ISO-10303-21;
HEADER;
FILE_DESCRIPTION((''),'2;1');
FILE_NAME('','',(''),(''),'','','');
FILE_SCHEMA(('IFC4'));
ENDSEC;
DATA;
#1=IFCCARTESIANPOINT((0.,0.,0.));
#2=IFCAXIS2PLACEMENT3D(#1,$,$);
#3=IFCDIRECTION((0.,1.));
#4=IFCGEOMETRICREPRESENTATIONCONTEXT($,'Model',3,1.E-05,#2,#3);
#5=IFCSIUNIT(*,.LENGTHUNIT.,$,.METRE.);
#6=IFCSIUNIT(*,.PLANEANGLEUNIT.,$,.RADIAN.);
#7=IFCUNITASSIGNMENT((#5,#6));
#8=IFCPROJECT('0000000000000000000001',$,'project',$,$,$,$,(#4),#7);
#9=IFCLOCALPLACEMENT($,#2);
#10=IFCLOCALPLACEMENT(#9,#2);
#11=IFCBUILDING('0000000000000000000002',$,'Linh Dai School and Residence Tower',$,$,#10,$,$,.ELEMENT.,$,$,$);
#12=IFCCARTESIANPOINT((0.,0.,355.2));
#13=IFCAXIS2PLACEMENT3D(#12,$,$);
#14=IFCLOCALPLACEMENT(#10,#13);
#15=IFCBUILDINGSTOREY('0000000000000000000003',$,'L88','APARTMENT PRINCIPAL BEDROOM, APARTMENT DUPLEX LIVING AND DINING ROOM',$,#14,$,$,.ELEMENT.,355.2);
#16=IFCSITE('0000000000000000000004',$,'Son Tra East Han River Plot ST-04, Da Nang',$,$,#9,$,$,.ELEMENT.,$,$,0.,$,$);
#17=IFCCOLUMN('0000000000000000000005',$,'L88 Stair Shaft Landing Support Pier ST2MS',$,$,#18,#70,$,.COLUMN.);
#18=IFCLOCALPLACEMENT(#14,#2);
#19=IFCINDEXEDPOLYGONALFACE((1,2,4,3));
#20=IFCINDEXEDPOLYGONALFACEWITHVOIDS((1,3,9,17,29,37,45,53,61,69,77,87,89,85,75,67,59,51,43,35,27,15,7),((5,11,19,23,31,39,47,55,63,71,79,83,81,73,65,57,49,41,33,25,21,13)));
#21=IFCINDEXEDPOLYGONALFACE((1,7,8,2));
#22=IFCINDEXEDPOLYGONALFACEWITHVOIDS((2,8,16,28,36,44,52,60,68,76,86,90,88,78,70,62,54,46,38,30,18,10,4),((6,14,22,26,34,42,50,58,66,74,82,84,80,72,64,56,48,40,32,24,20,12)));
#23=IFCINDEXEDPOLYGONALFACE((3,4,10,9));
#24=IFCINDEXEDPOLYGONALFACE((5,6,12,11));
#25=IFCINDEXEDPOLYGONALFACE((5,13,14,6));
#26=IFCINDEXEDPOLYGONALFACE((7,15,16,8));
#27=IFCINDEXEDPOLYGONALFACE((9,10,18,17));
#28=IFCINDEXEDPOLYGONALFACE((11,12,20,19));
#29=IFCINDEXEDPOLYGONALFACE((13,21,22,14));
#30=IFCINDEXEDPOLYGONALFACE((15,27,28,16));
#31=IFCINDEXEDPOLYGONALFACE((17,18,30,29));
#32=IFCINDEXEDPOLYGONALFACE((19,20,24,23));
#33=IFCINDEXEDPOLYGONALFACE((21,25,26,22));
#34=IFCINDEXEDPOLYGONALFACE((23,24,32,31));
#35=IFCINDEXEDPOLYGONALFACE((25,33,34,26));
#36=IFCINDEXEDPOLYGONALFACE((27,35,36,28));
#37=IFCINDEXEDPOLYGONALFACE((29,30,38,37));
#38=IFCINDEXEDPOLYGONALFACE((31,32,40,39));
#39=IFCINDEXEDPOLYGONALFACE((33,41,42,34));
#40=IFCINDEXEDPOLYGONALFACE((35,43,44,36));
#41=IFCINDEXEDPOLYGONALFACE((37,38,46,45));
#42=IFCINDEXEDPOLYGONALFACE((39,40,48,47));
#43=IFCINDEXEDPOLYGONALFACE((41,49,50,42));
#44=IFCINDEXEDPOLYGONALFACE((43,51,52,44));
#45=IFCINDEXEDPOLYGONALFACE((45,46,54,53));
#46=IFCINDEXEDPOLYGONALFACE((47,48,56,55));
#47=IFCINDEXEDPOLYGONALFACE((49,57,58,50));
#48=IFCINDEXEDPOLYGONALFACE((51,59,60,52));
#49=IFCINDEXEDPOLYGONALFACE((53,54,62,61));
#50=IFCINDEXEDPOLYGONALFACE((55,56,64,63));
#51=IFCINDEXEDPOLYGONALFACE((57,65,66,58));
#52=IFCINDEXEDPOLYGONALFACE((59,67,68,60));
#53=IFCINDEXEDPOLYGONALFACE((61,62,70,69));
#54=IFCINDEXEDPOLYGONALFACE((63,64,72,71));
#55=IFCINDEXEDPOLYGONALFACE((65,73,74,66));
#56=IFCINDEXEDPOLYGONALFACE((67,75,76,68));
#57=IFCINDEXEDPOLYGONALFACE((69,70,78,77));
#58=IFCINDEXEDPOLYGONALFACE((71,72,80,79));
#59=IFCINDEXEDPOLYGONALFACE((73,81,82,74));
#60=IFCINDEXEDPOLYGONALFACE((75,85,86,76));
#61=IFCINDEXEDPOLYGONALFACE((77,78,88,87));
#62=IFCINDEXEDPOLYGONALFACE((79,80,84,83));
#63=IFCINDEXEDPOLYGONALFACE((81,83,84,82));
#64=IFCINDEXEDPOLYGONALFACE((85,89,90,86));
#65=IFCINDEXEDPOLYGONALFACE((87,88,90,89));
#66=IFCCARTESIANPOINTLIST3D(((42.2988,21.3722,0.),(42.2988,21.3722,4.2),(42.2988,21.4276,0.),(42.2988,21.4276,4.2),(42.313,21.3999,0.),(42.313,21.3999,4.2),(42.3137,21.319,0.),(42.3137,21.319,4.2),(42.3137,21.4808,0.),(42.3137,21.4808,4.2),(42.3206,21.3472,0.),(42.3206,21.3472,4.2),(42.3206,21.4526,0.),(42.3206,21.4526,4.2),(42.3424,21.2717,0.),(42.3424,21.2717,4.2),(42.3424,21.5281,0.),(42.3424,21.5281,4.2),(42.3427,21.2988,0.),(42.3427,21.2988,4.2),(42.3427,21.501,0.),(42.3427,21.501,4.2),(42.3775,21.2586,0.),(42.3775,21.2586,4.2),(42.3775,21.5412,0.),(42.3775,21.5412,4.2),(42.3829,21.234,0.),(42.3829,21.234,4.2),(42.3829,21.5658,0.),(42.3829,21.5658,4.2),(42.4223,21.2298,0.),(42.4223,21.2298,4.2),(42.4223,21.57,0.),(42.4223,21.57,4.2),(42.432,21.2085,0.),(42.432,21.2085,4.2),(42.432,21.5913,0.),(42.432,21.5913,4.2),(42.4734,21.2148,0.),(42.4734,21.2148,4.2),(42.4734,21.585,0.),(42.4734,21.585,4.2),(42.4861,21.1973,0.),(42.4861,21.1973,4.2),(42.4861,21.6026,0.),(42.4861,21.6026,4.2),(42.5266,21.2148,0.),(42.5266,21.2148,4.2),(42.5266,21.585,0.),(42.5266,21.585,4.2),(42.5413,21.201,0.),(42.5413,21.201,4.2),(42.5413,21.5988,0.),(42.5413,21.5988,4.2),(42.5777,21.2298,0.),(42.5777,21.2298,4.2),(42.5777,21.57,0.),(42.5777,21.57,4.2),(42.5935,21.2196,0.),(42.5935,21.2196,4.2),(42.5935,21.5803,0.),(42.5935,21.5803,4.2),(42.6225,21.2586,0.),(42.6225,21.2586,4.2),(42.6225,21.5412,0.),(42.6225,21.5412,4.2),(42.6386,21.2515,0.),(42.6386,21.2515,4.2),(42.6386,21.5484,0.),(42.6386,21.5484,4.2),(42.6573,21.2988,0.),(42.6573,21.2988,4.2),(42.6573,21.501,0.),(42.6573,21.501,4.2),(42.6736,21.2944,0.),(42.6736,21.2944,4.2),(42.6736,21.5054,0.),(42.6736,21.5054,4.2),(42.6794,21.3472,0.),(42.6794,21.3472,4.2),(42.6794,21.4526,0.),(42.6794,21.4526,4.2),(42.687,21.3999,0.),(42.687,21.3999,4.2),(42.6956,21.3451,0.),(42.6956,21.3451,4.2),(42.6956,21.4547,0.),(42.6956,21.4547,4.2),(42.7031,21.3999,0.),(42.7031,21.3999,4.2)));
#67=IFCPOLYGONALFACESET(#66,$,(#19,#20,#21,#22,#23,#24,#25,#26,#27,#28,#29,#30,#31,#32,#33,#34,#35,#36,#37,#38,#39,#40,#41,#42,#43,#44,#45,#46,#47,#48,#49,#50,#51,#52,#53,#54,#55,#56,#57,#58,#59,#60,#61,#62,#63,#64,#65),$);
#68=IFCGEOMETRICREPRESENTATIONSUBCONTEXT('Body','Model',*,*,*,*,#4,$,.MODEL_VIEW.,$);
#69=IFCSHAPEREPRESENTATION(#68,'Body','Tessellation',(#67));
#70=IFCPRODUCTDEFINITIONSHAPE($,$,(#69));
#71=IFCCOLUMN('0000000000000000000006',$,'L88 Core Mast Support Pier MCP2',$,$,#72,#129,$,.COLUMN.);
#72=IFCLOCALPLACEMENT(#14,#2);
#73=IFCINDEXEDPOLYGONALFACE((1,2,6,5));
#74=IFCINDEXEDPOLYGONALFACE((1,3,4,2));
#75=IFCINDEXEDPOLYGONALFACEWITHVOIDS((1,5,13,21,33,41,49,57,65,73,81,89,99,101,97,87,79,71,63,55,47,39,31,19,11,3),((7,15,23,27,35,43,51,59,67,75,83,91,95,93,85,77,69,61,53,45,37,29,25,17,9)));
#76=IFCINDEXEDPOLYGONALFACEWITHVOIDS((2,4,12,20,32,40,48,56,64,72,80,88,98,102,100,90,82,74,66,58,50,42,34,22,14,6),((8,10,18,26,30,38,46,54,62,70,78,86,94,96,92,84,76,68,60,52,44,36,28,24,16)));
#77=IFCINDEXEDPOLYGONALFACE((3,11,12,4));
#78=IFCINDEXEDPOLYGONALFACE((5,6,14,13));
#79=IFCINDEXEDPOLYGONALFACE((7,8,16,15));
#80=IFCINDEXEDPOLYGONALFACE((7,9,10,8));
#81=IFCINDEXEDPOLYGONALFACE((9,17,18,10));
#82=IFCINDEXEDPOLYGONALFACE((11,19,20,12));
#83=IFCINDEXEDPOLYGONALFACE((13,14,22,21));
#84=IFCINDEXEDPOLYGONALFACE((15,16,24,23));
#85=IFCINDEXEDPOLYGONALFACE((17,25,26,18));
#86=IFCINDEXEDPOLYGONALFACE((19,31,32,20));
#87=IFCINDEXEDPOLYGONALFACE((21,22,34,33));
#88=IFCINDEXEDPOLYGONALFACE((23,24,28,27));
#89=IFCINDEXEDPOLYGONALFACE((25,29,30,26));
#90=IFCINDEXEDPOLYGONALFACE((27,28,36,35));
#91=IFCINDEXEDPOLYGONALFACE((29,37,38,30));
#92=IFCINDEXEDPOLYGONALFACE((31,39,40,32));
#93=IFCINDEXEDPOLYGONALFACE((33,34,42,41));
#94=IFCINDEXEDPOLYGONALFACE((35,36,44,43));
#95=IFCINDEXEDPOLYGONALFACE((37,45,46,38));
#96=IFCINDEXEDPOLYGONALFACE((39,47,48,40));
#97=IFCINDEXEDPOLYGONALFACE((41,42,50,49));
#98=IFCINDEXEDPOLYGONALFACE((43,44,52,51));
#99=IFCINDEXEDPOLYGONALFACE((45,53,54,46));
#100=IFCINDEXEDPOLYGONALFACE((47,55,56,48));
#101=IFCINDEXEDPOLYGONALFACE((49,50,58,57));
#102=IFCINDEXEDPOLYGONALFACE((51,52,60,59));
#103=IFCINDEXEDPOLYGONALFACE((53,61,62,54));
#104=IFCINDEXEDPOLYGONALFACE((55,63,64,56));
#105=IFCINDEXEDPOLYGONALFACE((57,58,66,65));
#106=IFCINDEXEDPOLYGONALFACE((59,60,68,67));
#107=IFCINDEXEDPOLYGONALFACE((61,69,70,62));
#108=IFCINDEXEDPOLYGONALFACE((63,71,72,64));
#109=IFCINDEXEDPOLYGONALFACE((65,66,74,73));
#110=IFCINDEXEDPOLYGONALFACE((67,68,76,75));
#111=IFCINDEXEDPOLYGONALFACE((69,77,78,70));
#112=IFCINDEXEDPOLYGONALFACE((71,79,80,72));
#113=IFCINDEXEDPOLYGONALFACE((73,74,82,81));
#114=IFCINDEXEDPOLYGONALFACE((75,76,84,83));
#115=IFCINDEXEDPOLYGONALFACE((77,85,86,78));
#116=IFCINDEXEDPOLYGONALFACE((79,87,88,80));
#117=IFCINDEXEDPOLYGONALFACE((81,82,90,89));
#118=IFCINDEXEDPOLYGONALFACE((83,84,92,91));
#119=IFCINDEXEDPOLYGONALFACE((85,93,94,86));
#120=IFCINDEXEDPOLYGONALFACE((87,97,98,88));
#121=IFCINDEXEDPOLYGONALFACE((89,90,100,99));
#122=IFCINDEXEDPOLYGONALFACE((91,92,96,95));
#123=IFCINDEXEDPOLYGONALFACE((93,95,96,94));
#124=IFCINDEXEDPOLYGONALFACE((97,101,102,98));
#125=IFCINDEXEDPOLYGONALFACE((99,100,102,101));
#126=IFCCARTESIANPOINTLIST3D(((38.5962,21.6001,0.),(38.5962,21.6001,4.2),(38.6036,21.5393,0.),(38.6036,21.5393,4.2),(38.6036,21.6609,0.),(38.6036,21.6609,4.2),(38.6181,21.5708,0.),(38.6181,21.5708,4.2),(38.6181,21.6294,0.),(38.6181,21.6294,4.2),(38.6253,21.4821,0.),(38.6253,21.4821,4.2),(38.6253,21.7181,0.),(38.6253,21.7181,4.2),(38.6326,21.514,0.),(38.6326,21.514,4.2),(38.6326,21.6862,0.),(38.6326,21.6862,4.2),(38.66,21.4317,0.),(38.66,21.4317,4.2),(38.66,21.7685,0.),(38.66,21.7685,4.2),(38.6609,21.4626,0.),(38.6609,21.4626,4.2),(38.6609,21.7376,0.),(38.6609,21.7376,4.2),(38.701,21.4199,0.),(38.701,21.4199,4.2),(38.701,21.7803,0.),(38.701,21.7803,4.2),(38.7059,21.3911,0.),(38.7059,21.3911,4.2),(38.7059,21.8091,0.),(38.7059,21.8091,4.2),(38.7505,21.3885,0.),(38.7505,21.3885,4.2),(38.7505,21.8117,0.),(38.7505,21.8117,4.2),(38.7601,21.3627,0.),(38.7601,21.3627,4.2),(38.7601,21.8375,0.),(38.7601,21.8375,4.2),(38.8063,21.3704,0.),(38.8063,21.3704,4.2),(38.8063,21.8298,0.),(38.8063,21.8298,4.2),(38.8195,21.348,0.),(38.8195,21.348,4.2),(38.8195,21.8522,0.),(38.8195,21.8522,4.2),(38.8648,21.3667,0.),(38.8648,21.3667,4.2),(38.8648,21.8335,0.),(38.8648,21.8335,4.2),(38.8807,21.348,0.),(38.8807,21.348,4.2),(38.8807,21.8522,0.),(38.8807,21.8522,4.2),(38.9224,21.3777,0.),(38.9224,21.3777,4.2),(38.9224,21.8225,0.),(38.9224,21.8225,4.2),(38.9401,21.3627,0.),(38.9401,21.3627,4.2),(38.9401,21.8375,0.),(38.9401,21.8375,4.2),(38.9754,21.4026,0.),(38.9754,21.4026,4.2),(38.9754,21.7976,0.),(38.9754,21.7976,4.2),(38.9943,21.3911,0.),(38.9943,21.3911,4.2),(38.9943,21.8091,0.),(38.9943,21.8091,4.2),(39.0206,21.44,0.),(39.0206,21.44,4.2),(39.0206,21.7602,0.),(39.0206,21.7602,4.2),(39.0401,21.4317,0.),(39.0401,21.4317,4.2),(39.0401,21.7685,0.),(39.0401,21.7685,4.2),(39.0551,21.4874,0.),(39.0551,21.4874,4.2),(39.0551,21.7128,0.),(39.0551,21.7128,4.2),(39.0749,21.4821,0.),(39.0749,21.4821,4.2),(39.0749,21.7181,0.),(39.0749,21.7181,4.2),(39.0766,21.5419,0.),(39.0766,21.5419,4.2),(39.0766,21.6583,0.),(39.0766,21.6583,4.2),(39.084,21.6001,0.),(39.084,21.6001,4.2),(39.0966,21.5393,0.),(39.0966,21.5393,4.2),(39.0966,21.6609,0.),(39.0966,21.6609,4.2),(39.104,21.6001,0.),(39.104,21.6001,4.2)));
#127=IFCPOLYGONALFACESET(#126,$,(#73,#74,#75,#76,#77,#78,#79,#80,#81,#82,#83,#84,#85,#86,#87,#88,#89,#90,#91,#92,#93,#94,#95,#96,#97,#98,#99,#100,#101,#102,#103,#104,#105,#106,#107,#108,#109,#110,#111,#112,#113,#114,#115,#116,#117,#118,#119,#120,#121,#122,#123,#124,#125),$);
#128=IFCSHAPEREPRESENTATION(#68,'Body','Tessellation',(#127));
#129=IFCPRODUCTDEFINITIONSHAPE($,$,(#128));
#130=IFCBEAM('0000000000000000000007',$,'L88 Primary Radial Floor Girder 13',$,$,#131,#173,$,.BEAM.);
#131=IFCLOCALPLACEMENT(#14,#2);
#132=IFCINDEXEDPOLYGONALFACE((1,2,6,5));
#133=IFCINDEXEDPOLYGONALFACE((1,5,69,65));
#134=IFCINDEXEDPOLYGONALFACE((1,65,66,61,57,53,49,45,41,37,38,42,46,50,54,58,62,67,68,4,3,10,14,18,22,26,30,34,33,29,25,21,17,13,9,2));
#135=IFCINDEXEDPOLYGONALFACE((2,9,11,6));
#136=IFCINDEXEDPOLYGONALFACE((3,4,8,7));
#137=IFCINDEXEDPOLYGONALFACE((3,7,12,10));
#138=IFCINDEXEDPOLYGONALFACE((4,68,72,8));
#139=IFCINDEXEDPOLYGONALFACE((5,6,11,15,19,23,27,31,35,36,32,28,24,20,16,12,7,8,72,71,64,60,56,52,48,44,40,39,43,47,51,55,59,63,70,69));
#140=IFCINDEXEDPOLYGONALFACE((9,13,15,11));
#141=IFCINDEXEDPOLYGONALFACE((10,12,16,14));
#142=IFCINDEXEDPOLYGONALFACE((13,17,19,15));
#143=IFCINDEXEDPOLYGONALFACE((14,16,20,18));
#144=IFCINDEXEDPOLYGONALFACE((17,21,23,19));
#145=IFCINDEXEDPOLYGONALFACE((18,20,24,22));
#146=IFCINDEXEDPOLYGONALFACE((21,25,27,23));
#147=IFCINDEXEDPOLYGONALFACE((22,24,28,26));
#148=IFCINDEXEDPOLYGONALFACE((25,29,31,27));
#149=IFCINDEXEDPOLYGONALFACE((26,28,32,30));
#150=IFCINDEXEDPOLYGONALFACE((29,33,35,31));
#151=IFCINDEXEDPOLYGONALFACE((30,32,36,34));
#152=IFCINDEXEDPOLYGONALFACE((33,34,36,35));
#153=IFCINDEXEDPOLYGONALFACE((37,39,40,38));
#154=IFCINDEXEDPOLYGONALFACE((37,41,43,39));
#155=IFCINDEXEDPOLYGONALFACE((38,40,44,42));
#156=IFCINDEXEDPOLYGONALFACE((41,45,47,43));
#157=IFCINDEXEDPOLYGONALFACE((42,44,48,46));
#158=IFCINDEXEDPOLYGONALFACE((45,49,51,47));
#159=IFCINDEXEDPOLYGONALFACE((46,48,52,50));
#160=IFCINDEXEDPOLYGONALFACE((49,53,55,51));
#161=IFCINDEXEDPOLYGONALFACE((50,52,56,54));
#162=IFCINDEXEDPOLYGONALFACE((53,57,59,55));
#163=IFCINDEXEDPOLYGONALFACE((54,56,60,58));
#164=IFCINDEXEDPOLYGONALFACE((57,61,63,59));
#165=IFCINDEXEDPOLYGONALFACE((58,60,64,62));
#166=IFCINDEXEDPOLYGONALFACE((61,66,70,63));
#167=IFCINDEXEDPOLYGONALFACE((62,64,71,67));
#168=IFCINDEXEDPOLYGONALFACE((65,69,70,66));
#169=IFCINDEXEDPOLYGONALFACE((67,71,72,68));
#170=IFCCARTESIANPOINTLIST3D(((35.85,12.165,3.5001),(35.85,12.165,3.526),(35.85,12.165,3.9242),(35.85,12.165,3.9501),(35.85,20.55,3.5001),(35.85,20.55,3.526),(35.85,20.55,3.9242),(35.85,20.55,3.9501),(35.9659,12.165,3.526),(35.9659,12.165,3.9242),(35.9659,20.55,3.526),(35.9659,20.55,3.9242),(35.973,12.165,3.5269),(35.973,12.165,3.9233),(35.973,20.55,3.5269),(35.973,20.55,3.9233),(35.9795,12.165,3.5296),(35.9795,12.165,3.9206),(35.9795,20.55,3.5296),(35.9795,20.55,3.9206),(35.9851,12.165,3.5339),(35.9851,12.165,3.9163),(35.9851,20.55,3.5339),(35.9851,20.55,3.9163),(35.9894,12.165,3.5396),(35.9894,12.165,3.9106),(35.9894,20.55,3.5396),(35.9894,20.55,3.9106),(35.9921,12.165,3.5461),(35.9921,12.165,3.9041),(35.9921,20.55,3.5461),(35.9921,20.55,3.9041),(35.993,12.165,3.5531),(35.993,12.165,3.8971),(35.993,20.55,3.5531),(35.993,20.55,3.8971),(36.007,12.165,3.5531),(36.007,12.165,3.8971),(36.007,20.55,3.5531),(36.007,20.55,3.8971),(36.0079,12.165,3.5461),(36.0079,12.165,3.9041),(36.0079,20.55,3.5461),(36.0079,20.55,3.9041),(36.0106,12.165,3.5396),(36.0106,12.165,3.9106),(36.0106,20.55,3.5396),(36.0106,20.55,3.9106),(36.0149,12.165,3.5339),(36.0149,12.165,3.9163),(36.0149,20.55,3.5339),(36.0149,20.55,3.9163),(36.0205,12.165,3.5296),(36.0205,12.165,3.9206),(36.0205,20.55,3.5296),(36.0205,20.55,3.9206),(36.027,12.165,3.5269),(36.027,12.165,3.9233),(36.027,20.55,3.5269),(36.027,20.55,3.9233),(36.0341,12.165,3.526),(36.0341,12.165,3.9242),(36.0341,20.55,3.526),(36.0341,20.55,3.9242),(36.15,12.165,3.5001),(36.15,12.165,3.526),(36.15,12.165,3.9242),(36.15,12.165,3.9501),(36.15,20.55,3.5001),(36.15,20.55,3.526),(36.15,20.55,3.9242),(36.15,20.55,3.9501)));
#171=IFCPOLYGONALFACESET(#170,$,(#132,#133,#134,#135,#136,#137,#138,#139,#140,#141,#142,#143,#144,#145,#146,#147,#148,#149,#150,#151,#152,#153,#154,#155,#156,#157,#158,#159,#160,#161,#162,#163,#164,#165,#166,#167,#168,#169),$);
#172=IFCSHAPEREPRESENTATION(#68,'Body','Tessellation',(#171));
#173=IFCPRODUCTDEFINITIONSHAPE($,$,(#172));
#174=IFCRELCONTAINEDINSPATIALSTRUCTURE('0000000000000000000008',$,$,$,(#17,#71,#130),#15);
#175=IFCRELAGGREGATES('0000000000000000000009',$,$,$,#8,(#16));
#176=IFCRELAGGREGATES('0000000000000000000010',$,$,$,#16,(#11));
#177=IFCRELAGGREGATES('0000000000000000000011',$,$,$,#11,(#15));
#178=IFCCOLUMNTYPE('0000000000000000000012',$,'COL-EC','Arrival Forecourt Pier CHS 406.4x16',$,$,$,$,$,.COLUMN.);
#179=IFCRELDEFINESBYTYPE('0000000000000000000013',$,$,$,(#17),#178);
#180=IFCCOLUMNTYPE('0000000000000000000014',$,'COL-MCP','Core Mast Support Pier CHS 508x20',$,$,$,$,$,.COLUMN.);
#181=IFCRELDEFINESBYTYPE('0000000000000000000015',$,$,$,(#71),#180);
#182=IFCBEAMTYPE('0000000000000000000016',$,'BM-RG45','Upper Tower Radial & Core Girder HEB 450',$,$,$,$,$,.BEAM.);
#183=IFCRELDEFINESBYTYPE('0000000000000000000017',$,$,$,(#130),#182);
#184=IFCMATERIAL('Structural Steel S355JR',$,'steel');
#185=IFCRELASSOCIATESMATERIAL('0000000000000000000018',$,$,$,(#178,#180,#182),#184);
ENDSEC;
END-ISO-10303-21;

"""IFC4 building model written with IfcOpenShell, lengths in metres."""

from ifc_helpers import new_model, si_unit, direction, frame, origin, origin_2d, place, context, subcontext, project, spatial, hollow_circle, i_section, extrude, material, material_profile, profile_set, type_object, element, save


model = new_model("IFC4")

# Units and contexts
model_context = context("Model", 3, precision=1e-05, world=origin(), true_north=direction((0.0, 1.0)))
body_context = subcontext(model_context, "Body", "Model", "MODEL_VIEW")
ifc_project = project(units=[si_unit("LENGTHUNIT", "METRE"), si_unit("PLANEANGLEUNIT", "RADIAN")], contexts=[model_context])

# Site, building, storey
site_placement = place(None, origin())
site = spatial("IfcSite", under=ifc_project, at=site_placement, Name="Son Tra East Han River Plot ST-04, Da Nang", CompositionType="ELEMENT", RefElevation=0.0)
building_placement = place(site_placement, origin())
building = spatial("IfcBuilding", under=site, at=building_placement, Name="Linh Dai School and Residence Tower", CompositionType="ELEMENT")
storey_placement = place(building_placement, frame((0.0, 0.0, 355.2)))
storey = spatial("IfcBuildingStorey", under=building, at=storey_placement, Name="L88", Description="APARTMENT PRINCIPAL BEDROOM, APARTMENT DUPLEX LIVING AND DINING ROOM", CompositionType="ELEMENT", Elevation=355.2)

# Columns
ifc_material_1 = material(Name="Structural Steel S355JR", Category="steel")
ifc_material_profile_1 = material_profile(ifc_material_1, hollow_circle(Radius=0.2031, WallThickness=0.0161, at=origin_2d()), Name="CHS 406.4x16")
ifc_profile_set_1 = profile_set([ifc_material_profile_1], Name="Structural Steel S355JR")
column_type_1 = type_object("IfcColumnType", Name="COL-EC", Description="Arrival Forecourt Pier CHS 406.4x16", PredefinedType="COLUMN", material=ifc_profile_set_1)
column_1_placement = place(storey_placement, frame((42.5, 21.3999, 0.0), z_axis=(0.0, 0.0, 1.0), x_axis=(1.0, 0.0, 0.0)))
element("IfcColumn", 1, at=column_1_placement, inside=storey, type_object=column_type_1, Name="L88 Stair Shaft Landing Support Pier ST2MS", PredefinedType="COLUMN", context=body_context, shape_type="SweptSolid", body=[
    extrude(hollow_circle(Radius=0.2031, WallThickness=0.0161, at=origin_2d()), origin(), (0.0, 0.0, 1.0), 4.2),
])
ifc_material_profile_2 = material_profile(ifc_material_1, hollow_circle(Radius=0.2539, WallThickness=0.02, at=origin_2d()), Name="CHS 508x20")
ifc_profile_set_2 = profile_set([ifc_material_profile_2], Name="Structural Steel S355JR")
column_type_2 = type_object("IfcColumnType", Name="COL-MCP", Description="Core Mast Support Pier CHS 508x20", PredefinedType="COLUMN", material=ifc_profile_set_2)
column_2_placement = place(storey_placement, frame((38.8501, 21.6001, 0.0), z_axis=(0.0, 0.0, 1.0), x_axis=(1.0, 0.0, 0.0)))
element("IfcColumn", 2, at=column_2_placement, inside=storey, type_object=column_type_2, Name="L88 Core Mast Support Pier MCP2", PredefinedType="COLUMN", context=body_context, shape_type="SweptSolid", body=[
    extrude(hollow_circle(Radius=0.2539, WallThickness=0.02, at=origin_2d()), origin(), (0.0, 0.0, 1.0), 4.2),
])

# Beam
ifc_material_profile_3 = material_profile(ifc_material_1, i_section(OverallWidth=0.3, OverallDepth=0.45, WebThickness=0.0139, FlangeThickness=0.0259, FilletRadius=0.0271, at=origin_2d()), Name="HEB 450")
ifc_profile_set_3 = profile_set([ifc_material_profile_3], Name="Structural Steel S355JR")
beam_type_1 = type_object("IfcBeamType", Name="BM-RG45", Description="Upper Tower Radial & Core Girder HEB 450", PredefinedType="BEAM", material=ifc_profile_set_3)
beam_1_placement = place(storey_placement, frame((36.0, 20.55, 3.7251), z_axis=(0.0, -1.0, 0.0), x_axis=(1.0, 0.0, 0.0)))
element("IfcBeam", 3, at=beam_1_placement, inside=storey, type_object=beam_type_1, Name="L88 Primary Radial Floor Girder 13", PredefinedType="BEAM", context=body_context, shape_type="SweptSolid", body=[
    extrude(i_section(OverallWidth=0.3, OverallDepth=0.45, WebThickness=0.0139, FlangeThickness=0.0259, FilletRadius=0.0271, at=origin_2d()), origin(), (0.0, 0.0, 1.0), 8.385),
])

save(model, "model.ifc")
